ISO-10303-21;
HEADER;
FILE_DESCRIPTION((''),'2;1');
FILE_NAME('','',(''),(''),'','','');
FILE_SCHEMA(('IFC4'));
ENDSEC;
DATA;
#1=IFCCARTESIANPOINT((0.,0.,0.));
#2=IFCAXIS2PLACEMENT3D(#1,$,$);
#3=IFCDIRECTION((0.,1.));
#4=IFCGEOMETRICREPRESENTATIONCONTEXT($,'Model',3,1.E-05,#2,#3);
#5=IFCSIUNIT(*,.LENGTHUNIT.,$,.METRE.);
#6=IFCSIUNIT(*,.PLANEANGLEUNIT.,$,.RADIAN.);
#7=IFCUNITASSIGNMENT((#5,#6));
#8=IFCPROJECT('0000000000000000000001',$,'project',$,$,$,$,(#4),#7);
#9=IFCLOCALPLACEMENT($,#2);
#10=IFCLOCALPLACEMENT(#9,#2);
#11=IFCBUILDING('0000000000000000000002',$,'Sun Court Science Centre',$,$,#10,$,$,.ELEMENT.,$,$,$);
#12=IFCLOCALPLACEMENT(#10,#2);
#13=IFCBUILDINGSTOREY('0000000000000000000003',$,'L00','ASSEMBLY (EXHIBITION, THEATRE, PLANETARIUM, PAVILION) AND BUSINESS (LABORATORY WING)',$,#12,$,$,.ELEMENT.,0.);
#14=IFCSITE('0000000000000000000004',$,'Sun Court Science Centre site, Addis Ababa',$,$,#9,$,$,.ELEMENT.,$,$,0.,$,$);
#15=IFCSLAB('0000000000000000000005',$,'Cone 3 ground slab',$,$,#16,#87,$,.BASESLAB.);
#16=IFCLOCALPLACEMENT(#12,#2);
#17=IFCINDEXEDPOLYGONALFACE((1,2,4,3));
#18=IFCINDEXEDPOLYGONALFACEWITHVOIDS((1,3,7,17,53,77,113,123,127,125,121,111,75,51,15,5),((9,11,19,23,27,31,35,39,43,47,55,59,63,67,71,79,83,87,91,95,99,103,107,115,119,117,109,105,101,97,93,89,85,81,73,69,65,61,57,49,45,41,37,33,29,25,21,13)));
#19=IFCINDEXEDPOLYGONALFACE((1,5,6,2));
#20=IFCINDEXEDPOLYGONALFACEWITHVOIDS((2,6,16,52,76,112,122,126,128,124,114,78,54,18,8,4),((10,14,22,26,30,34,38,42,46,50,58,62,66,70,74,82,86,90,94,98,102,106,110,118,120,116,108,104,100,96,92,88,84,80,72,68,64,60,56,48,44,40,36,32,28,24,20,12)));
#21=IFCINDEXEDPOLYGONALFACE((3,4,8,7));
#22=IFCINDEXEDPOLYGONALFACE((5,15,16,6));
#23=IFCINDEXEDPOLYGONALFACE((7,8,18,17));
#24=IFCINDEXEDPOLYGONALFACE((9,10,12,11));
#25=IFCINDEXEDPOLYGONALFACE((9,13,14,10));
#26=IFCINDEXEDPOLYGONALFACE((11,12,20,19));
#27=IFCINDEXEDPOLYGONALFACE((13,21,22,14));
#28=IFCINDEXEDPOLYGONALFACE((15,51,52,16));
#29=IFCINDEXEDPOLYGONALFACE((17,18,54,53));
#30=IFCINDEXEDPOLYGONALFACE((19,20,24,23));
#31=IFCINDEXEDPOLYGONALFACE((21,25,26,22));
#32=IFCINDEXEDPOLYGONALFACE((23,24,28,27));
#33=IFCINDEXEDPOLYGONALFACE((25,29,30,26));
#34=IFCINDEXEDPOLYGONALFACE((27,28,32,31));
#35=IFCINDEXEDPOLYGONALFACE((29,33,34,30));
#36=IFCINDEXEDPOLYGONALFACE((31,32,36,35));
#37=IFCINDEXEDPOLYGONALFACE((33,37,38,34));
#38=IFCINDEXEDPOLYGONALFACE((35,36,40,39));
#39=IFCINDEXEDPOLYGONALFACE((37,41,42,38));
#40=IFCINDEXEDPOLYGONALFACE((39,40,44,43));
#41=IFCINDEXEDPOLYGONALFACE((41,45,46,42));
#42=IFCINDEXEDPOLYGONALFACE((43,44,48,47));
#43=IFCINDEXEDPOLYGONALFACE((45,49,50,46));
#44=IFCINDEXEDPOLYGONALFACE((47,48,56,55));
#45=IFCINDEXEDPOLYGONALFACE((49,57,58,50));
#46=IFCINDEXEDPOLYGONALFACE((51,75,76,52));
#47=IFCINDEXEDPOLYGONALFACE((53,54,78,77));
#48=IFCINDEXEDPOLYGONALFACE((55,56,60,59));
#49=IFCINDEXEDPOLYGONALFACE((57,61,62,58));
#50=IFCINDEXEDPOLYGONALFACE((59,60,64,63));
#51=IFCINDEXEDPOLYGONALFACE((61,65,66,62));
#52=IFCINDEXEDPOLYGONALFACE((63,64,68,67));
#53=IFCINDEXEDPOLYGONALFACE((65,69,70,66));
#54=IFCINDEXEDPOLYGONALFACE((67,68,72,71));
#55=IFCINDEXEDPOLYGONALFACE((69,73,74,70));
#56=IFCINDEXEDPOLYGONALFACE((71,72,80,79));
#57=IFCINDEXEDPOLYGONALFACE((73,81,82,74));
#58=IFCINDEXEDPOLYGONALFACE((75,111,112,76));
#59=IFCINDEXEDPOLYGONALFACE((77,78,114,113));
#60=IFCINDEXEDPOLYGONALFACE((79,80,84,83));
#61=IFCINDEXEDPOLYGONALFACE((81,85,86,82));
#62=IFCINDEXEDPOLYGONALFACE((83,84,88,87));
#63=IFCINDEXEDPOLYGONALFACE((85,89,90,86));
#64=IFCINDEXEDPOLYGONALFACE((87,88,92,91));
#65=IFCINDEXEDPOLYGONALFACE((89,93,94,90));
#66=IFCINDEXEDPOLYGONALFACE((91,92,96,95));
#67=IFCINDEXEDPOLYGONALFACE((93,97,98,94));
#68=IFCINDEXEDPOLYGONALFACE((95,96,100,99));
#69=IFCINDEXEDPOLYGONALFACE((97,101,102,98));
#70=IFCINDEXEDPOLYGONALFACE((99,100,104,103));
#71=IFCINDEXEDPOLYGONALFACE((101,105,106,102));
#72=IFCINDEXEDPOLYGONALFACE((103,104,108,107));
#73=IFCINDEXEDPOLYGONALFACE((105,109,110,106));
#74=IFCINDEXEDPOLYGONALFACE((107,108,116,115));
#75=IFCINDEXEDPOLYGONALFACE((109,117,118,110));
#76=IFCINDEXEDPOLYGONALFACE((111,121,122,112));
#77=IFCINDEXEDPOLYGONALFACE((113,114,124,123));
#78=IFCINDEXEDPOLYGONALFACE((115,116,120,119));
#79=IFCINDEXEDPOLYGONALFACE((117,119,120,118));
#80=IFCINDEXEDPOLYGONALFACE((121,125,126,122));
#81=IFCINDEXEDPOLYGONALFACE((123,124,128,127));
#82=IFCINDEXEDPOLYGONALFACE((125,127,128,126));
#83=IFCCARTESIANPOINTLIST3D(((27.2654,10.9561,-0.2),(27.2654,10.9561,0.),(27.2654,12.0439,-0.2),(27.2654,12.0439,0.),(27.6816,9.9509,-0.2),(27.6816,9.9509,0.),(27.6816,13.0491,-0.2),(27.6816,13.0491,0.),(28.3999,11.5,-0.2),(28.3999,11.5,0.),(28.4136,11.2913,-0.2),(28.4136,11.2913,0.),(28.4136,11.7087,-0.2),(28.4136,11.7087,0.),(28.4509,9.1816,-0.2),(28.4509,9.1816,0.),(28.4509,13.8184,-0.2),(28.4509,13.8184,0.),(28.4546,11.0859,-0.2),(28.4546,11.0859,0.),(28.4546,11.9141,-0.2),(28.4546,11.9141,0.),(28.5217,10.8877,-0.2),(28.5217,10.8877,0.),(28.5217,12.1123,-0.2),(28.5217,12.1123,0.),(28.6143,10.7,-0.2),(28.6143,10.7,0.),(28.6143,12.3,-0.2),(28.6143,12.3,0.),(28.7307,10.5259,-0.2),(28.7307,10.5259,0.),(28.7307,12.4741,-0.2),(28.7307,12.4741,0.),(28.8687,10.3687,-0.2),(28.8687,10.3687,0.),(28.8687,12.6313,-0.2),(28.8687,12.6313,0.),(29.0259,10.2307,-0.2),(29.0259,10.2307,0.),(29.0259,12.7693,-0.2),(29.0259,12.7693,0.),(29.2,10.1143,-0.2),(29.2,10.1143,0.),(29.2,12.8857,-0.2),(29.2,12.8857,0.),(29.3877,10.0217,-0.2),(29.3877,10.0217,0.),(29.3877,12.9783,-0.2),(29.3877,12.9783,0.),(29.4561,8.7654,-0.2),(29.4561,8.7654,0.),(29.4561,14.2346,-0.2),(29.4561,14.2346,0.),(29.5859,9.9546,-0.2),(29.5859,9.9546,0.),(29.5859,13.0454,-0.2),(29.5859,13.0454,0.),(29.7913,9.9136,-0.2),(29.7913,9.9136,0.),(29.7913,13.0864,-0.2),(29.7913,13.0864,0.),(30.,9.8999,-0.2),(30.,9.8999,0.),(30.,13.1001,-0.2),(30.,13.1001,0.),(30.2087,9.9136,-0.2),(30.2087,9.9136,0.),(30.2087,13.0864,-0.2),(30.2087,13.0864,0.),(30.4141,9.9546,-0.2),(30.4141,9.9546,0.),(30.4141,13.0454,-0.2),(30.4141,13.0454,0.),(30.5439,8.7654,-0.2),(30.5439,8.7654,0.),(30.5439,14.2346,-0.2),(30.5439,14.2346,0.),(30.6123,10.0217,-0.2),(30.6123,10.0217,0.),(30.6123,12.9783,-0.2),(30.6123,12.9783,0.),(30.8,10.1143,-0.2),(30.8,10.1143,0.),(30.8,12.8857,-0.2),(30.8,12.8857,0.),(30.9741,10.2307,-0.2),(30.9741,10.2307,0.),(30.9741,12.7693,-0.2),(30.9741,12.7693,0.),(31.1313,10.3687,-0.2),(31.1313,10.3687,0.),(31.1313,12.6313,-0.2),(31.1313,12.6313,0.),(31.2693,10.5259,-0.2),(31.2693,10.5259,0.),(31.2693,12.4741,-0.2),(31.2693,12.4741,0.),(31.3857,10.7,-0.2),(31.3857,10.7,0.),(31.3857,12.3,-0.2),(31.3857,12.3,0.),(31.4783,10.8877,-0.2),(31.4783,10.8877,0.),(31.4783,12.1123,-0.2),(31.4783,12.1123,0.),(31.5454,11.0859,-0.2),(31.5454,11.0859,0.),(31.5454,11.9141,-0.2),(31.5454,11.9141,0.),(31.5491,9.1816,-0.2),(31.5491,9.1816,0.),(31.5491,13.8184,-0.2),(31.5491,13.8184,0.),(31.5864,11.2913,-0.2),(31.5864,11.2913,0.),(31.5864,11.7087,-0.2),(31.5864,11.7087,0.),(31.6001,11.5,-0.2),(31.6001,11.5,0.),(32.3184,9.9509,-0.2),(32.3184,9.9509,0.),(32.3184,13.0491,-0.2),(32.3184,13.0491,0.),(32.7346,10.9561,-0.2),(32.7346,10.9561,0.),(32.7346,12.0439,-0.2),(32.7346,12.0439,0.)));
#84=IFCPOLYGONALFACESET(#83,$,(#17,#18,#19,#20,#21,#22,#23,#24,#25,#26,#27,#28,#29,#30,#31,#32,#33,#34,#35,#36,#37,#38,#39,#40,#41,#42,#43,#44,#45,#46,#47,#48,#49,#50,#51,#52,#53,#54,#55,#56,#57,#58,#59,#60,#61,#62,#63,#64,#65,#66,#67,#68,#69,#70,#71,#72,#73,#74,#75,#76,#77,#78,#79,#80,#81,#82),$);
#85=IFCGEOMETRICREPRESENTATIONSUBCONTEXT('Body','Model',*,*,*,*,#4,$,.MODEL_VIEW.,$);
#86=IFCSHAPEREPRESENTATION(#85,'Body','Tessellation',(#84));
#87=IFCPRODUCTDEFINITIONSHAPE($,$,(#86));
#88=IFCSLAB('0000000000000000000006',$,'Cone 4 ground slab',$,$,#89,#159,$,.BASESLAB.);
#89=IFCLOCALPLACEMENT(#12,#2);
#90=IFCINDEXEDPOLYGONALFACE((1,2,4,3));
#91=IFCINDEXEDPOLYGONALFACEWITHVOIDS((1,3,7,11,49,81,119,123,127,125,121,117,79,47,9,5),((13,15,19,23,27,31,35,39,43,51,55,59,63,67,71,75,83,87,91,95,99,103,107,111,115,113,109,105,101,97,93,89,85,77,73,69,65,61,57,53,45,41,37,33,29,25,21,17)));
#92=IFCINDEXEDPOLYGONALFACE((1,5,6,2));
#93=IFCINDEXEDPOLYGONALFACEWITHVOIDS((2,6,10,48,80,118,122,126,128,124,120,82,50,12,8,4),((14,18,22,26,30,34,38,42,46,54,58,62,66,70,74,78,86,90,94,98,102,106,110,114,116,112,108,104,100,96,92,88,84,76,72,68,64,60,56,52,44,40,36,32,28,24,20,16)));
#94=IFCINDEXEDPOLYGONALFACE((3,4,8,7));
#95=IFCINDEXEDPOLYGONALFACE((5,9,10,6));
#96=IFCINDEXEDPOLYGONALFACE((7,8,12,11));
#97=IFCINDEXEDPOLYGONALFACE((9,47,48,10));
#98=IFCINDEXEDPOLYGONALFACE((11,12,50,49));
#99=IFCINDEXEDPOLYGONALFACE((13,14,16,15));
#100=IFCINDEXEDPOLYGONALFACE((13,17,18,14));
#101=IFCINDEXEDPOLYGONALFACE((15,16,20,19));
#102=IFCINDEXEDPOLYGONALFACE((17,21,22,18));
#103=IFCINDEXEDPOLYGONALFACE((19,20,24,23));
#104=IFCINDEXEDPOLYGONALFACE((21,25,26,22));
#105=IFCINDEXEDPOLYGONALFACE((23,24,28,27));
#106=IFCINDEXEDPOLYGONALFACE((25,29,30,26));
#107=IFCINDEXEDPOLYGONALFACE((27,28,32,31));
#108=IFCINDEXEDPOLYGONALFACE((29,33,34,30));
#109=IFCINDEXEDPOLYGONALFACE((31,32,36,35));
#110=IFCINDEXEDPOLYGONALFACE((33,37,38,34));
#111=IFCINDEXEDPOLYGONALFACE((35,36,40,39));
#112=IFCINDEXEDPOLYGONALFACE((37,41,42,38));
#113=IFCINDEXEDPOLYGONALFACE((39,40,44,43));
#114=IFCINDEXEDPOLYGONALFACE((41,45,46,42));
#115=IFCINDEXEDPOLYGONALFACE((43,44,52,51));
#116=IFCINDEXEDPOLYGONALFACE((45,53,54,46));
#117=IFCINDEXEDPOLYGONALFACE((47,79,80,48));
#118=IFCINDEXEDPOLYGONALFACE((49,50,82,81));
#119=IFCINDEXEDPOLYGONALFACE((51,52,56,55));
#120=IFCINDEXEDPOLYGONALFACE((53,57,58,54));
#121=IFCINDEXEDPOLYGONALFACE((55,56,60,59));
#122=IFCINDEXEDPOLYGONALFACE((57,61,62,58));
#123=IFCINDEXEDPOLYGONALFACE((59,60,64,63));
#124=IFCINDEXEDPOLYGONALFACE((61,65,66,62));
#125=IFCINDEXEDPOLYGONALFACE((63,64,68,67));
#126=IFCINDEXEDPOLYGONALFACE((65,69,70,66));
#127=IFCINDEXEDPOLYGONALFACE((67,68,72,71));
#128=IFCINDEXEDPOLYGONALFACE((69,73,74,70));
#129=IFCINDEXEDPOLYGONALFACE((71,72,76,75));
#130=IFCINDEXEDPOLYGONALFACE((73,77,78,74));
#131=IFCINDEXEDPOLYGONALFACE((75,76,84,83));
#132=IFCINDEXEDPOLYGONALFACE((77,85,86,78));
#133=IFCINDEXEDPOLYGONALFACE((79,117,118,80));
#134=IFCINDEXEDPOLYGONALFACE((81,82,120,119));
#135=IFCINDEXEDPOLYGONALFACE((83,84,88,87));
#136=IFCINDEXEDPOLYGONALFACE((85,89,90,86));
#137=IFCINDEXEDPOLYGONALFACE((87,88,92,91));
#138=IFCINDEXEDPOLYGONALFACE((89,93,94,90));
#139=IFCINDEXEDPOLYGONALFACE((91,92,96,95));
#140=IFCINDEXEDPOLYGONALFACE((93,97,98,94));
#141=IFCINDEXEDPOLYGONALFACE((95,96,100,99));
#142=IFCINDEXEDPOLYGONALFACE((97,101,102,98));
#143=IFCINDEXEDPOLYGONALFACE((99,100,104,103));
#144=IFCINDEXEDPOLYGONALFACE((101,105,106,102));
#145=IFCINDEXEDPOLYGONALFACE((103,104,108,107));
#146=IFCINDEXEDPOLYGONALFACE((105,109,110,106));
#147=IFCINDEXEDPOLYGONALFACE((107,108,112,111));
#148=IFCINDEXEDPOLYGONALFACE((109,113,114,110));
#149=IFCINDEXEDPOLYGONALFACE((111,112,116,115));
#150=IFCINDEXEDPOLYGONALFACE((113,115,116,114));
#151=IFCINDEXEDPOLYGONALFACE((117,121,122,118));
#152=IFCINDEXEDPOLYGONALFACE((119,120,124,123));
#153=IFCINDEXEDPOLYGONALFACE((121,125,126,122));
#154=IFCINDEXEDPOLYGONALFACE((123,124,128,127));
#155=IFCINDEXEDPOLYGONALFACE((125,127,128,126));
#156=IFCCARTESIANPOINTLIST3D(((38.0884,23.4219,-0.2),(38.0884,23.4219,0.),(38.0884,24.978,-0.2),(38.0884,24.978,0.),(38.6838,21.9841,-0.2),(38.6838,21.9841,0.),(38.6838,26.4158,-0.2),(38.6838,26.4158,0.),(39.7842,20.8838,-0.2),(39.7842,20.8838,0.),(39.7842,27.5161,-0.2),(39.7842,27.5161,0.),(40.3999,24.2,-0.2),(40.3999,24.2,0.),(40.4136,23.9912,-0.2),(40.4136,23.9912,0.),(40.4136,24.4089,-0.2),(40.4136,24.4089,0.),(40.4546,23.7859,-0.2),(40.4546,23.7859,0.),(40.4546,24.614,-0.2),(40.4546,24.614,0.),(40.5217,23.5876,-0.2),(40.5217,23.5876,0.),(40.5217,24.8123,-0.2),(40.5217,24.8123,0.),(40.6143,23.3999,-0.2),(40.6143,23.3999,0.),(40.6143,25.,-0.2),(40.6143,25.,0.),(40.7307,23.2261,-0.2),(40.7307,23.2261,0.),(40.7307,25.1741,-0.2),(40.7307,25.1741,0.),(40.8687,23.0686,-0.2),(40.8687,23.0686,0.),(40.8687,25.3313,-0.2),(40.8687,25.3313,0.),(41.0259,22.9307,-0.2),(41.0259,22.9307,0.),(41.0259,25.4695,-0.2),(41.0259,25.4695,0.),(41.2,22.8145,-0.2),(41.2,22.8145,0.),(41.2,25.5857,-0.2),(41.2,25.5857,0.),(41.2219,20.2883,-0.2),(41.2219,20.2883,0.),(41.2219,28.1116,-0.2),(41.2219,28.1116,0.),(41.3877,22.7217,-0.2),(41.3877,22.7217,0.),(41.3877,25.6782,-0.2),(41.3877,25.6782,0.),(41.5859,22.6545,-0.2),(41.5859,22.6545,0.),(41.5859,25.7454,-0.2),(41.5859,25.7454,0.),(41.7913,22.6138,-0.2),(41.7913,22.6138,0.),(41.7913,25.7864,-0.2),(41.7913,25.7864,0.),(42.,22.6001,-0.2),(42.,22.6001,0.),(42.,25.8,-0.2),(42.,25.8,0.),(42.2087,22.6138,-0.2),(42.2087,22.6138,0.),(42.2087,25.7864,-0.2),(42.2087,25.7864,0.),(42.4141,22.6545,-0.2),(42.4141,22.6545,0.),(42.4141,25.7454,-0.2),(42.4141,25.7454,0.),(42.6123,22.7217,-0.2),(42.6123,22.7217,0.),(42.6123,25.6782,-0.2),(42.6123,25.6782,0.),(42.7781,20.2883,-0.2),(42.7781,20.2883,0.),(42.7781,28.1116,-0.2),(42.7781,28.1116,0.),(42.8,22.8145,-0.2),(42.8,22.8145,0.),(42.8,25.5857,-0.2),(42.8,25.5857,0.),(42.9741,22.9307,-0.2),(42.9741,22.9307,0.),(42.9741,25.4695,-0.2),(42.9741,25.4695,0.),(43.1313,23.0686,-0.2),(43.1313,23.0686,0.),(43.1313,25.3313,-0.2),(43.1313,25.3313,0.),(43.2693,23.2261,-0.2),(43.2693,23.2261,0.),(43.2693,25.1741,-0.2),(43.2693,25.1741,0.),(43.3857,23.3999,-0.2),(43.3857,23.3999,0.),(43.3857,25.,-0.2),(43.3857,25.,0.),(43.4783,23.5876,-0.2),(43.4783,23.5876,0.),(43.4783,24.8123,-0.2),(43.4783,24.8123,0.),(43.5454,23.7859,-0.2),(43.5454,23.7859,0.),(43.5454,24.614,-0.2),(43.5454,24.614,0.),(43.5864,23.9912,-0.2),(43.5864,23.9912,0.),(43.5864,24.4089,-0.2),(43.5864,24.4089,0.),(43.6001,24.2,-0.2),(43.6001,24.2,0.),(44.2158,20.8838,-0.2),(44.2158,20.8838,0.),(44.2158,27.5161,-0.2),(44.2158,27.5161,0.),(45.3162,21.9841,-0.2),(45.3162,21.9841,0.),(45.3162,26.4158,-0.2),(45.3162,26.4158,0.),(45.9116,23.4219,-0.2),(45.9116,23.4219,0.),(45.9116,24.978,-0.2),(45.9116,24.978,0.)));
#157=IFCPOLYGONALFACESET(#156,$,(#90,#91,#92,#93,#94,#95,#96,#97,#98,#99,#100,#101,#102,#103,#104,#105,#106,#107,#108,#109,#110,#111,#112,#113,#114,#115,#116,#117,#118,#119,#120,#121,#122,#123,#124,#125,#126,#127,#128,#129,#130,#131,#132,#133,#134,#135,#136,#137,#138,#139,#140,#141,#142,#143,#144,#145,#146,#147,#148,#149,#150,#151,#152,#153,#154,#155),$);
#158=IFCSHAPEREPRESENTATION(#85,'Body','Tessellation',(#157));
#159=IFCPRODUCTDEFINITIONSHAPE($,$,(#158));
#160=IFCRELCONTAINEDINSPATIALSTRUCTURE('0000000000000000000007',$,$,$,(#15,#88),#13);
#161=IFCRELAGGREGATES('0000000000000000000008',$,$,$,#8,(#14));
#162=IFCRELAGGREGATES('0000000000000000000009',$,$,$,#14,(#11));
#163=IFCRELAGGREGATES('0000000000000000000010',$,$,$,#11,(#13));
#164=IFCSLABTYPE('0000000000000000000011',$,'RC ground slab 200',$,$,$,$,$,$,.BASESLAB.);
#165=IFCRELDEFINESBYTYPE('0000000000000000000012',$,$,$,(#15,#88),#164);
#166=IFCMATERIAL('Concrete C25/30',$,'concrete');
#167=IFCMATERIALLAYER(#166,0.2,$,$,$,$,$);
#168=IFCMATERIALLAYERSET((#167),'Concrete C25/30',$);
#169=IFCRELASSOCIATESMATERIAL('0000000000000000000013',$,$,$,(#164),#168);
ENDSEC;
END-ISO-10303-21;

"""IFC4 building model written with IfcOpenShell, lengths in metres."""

from ifc_helpers import new_model, si_unit, direction, frame, origin, place, context, subcontext, project, spatial, polyline, outline, extrude, material, layer, layer_set, type_object, element, save


model = new_model("IFC4")

# Units and contexts
model_context = context("Model", 3, precision=1e-05, world=origin(), true_north=direction((0.0, 1.0)))
body_context = subcontext(model_context, "Body", "Model", "MODEL_VIEW")
ifc_project = project(units=[si_unit("LENGTHUNIT", "METRE"), si_unit("PLANEANGLEUNIT", "RADIAN")], contexts=[model_context])

# Site, building, storey
site_placement = place(None, origin())
site = spatial("IfcSite", under=ifc_project, at=site_placement, Name="Sun Court Science Centre site, Addis Ababa", CompositionType="ELEMENT", RefElevation=0.0)
building_placement = place(site_placement, origin())
building = spatial("IfcBuilding", under=site, at=building_placement, Name="Sun Court Science Centre", CompositionType="ELEMENT")
storey_placement = place(building_placement, origin())
storey = spatial("IfcBuildingStorey", under=building, at=storey_placement, Name="L00", Description="ASSEMBLY (EXHIBITION, THEATRE, PLANETARIUM, PAVILION) AND BUSINESS (LABORATORY WING)", CompositionType="ELEMENT", Elevation=0.0)

# Slabs
ifc_material_1 = material(Name="Concrete C25/30", Category="concrete")
ifc_layer_1 = layer(ifc_material_1, 0.2)
ifc_layer_set_1 = layer_set([ifc_layer_1], Name="Concrete C25/30")
slab_type = type_object("IfcSlabType", Name="RC ground slab 200", PredefinedType="BASESLAB", material=ifc_layer_set_1)
slab_1_placement = place(storey_placement, frame((0.0, 0.0, -0.2)))
element("IfcSlab", 1, at=slab_1_placement, inside=storey, type_object=slab_type, Name="Cone 3 ground slab", PredefinedType="BASESLAB", context=body_context, shape_type="SweptSolid", body=[
    extrude(outline(polyline([(32.7346, 10.9561), (32.7346, 12.0439), (32.3184, 13.0491), (31.5491, 13.8184), (30.5439, 14.2346), (29.4561, 14.2346), (28.4509, 13.8184), (27.6816, 13.0491), (27.2654, 12.0439), (27.2654, 10.9561), (27.6816, 9.9509), (28.4509, 9.1816), (29.4561, 8.7654), (30.5439, 8.7654), (31.5491, 9.1816), (32.3184, 9.9509), (32.7346, 10.9561)]), holes=[polyline([(31.5864, 11.7087), (31.6001, 11.5), (31.5864, 11.2913), (31.5454, 11.0859), (31.4783, 10.8877), (31.3857, 10.7), (31.2693, 10.5259), (31.1313, 10.3687), (30.9741, 10.2307), (30.8, 10.1143), (30.6123, 10.0217), (30.4141, 9.9546), (30.2087, 9.9136), (30.0, 9.8999), (29.7913, 9.9136), (29.5859, 9.9546), (29.3877, 10.0217), (29.2, 10.1143), (29.0259, 10.2307), (28.8687, 10.3687), (28.7307, 10.5259), (28.6143, 10.7), (28.5217, 10.8877), (28.4546, 11.0859), (28.4136, 11.2913), (28.3999, 11.5), (28.4136, 11.7087), (28.4546, 11.9141), (28.5217, 12.1123), (28.6143, 12.3), (28.7307, 12.4741), (28.8687, 12.6313), (29.0259, 12.7693), (29.2, 12.8857), (29.3877, 12.9783), (29.5859, 13.0454), (29.7913, 13.0864), (30.0, 13.1001), (30.2087, 13.0864), (30.4141, 13.0454), (30.6123, 12.9783), (30.8, 12.8857), (30.9741, 12.7693), (31.1313, 12.6313), (31.2693, 12.4741), (31.3857, 12.3), (31.4783, 12.1123), (31.5454, 11.9141), (31.5864, 11.7087)])]), origin(), (0.0, 0.0, 1.0), 0.2),
])
slab_2_placement = place(storey_placement, frame((0.0, 0.0, -0.2)))
element("IfcSlab", 2, at=slab_2_placement, inside=storey, type_object=slab_type, Name="Cone 4 ground slab", PredefinedType="BASESLAB", context=body_context, shape_type="SweptSolid", body=[
    extrude(outline(polyline([(45.9116, 23.4219), (45.9116, 24.978), (45.3162, 26.4158), (44.2158, 27.5161), (42.7781, 28.1116), (41.2219, 28.1116), (39.7842, 27.5161), (38.6838, 26.4158), (38.0884, 24.978), (38.0884, 23.4219), (38.6838, 21.9841), (39.7842, 20.8838), (41.2219, 20.2883), (42.7781, 20.2883), (44.2158, 20.8838), (45.3162, 21.9841), (45.9116, 23.4219)]), holes=[polyline([(43.5864, 24.4089), (43.6001, 24.2), (43.5864, 23.9912), (43.5454, 23.7859), (43.4783, 23.5876), (43.3857, 23.3999), (43.2693, 23.2261), (43.1313, 23.0686), (42.9741, 22.9307), (42.8, 22.8145), (42.6123, 22.7217), (42.4141, 22.6545), (42.2087, 22.6138), (42.0, 22.6001), (41.7913, 22.6138), (41.5859, 22.6545), (41.3877, 22.7217), (41.2, 22.8145), (41.0259, 22.9307), (40.8687, 23.0686), (40.7307, 23.2261), (40.6143, 23.3999), (40.5217, 23.5876), (40.4546, 23.7859), (40.4136, 23.9912), (40.3999, 24.2), (40.4136, 24.4089), (40.4546, 24.614), (40.5217, 24.8123), (40.6143, 25.0), (40.7307, 25.1741), (40.8687, 25.3313), (41.0259, 25.4695), (41.2, 25.5857), (41.3877, 25.6782), (41.5859, 25.7454), (41.7913, 25.7864), (42.0, 25.8), (42.2087, 25.7864), (42.4141, 25.7454), (42.6123, 25.6782), (42.8, 25.5857), (42.9741, 25.4695), (43.1313, 25.3313), (43.2693, 25.1741), (43.3857, 25.0), (43.4783, 24.8123), (43.5454, 24.614), (43.5864, 24.4089)])]), origin(), (0.0, 0.0, 1.0), 0.2),
])

save(model, "model.ifc")
